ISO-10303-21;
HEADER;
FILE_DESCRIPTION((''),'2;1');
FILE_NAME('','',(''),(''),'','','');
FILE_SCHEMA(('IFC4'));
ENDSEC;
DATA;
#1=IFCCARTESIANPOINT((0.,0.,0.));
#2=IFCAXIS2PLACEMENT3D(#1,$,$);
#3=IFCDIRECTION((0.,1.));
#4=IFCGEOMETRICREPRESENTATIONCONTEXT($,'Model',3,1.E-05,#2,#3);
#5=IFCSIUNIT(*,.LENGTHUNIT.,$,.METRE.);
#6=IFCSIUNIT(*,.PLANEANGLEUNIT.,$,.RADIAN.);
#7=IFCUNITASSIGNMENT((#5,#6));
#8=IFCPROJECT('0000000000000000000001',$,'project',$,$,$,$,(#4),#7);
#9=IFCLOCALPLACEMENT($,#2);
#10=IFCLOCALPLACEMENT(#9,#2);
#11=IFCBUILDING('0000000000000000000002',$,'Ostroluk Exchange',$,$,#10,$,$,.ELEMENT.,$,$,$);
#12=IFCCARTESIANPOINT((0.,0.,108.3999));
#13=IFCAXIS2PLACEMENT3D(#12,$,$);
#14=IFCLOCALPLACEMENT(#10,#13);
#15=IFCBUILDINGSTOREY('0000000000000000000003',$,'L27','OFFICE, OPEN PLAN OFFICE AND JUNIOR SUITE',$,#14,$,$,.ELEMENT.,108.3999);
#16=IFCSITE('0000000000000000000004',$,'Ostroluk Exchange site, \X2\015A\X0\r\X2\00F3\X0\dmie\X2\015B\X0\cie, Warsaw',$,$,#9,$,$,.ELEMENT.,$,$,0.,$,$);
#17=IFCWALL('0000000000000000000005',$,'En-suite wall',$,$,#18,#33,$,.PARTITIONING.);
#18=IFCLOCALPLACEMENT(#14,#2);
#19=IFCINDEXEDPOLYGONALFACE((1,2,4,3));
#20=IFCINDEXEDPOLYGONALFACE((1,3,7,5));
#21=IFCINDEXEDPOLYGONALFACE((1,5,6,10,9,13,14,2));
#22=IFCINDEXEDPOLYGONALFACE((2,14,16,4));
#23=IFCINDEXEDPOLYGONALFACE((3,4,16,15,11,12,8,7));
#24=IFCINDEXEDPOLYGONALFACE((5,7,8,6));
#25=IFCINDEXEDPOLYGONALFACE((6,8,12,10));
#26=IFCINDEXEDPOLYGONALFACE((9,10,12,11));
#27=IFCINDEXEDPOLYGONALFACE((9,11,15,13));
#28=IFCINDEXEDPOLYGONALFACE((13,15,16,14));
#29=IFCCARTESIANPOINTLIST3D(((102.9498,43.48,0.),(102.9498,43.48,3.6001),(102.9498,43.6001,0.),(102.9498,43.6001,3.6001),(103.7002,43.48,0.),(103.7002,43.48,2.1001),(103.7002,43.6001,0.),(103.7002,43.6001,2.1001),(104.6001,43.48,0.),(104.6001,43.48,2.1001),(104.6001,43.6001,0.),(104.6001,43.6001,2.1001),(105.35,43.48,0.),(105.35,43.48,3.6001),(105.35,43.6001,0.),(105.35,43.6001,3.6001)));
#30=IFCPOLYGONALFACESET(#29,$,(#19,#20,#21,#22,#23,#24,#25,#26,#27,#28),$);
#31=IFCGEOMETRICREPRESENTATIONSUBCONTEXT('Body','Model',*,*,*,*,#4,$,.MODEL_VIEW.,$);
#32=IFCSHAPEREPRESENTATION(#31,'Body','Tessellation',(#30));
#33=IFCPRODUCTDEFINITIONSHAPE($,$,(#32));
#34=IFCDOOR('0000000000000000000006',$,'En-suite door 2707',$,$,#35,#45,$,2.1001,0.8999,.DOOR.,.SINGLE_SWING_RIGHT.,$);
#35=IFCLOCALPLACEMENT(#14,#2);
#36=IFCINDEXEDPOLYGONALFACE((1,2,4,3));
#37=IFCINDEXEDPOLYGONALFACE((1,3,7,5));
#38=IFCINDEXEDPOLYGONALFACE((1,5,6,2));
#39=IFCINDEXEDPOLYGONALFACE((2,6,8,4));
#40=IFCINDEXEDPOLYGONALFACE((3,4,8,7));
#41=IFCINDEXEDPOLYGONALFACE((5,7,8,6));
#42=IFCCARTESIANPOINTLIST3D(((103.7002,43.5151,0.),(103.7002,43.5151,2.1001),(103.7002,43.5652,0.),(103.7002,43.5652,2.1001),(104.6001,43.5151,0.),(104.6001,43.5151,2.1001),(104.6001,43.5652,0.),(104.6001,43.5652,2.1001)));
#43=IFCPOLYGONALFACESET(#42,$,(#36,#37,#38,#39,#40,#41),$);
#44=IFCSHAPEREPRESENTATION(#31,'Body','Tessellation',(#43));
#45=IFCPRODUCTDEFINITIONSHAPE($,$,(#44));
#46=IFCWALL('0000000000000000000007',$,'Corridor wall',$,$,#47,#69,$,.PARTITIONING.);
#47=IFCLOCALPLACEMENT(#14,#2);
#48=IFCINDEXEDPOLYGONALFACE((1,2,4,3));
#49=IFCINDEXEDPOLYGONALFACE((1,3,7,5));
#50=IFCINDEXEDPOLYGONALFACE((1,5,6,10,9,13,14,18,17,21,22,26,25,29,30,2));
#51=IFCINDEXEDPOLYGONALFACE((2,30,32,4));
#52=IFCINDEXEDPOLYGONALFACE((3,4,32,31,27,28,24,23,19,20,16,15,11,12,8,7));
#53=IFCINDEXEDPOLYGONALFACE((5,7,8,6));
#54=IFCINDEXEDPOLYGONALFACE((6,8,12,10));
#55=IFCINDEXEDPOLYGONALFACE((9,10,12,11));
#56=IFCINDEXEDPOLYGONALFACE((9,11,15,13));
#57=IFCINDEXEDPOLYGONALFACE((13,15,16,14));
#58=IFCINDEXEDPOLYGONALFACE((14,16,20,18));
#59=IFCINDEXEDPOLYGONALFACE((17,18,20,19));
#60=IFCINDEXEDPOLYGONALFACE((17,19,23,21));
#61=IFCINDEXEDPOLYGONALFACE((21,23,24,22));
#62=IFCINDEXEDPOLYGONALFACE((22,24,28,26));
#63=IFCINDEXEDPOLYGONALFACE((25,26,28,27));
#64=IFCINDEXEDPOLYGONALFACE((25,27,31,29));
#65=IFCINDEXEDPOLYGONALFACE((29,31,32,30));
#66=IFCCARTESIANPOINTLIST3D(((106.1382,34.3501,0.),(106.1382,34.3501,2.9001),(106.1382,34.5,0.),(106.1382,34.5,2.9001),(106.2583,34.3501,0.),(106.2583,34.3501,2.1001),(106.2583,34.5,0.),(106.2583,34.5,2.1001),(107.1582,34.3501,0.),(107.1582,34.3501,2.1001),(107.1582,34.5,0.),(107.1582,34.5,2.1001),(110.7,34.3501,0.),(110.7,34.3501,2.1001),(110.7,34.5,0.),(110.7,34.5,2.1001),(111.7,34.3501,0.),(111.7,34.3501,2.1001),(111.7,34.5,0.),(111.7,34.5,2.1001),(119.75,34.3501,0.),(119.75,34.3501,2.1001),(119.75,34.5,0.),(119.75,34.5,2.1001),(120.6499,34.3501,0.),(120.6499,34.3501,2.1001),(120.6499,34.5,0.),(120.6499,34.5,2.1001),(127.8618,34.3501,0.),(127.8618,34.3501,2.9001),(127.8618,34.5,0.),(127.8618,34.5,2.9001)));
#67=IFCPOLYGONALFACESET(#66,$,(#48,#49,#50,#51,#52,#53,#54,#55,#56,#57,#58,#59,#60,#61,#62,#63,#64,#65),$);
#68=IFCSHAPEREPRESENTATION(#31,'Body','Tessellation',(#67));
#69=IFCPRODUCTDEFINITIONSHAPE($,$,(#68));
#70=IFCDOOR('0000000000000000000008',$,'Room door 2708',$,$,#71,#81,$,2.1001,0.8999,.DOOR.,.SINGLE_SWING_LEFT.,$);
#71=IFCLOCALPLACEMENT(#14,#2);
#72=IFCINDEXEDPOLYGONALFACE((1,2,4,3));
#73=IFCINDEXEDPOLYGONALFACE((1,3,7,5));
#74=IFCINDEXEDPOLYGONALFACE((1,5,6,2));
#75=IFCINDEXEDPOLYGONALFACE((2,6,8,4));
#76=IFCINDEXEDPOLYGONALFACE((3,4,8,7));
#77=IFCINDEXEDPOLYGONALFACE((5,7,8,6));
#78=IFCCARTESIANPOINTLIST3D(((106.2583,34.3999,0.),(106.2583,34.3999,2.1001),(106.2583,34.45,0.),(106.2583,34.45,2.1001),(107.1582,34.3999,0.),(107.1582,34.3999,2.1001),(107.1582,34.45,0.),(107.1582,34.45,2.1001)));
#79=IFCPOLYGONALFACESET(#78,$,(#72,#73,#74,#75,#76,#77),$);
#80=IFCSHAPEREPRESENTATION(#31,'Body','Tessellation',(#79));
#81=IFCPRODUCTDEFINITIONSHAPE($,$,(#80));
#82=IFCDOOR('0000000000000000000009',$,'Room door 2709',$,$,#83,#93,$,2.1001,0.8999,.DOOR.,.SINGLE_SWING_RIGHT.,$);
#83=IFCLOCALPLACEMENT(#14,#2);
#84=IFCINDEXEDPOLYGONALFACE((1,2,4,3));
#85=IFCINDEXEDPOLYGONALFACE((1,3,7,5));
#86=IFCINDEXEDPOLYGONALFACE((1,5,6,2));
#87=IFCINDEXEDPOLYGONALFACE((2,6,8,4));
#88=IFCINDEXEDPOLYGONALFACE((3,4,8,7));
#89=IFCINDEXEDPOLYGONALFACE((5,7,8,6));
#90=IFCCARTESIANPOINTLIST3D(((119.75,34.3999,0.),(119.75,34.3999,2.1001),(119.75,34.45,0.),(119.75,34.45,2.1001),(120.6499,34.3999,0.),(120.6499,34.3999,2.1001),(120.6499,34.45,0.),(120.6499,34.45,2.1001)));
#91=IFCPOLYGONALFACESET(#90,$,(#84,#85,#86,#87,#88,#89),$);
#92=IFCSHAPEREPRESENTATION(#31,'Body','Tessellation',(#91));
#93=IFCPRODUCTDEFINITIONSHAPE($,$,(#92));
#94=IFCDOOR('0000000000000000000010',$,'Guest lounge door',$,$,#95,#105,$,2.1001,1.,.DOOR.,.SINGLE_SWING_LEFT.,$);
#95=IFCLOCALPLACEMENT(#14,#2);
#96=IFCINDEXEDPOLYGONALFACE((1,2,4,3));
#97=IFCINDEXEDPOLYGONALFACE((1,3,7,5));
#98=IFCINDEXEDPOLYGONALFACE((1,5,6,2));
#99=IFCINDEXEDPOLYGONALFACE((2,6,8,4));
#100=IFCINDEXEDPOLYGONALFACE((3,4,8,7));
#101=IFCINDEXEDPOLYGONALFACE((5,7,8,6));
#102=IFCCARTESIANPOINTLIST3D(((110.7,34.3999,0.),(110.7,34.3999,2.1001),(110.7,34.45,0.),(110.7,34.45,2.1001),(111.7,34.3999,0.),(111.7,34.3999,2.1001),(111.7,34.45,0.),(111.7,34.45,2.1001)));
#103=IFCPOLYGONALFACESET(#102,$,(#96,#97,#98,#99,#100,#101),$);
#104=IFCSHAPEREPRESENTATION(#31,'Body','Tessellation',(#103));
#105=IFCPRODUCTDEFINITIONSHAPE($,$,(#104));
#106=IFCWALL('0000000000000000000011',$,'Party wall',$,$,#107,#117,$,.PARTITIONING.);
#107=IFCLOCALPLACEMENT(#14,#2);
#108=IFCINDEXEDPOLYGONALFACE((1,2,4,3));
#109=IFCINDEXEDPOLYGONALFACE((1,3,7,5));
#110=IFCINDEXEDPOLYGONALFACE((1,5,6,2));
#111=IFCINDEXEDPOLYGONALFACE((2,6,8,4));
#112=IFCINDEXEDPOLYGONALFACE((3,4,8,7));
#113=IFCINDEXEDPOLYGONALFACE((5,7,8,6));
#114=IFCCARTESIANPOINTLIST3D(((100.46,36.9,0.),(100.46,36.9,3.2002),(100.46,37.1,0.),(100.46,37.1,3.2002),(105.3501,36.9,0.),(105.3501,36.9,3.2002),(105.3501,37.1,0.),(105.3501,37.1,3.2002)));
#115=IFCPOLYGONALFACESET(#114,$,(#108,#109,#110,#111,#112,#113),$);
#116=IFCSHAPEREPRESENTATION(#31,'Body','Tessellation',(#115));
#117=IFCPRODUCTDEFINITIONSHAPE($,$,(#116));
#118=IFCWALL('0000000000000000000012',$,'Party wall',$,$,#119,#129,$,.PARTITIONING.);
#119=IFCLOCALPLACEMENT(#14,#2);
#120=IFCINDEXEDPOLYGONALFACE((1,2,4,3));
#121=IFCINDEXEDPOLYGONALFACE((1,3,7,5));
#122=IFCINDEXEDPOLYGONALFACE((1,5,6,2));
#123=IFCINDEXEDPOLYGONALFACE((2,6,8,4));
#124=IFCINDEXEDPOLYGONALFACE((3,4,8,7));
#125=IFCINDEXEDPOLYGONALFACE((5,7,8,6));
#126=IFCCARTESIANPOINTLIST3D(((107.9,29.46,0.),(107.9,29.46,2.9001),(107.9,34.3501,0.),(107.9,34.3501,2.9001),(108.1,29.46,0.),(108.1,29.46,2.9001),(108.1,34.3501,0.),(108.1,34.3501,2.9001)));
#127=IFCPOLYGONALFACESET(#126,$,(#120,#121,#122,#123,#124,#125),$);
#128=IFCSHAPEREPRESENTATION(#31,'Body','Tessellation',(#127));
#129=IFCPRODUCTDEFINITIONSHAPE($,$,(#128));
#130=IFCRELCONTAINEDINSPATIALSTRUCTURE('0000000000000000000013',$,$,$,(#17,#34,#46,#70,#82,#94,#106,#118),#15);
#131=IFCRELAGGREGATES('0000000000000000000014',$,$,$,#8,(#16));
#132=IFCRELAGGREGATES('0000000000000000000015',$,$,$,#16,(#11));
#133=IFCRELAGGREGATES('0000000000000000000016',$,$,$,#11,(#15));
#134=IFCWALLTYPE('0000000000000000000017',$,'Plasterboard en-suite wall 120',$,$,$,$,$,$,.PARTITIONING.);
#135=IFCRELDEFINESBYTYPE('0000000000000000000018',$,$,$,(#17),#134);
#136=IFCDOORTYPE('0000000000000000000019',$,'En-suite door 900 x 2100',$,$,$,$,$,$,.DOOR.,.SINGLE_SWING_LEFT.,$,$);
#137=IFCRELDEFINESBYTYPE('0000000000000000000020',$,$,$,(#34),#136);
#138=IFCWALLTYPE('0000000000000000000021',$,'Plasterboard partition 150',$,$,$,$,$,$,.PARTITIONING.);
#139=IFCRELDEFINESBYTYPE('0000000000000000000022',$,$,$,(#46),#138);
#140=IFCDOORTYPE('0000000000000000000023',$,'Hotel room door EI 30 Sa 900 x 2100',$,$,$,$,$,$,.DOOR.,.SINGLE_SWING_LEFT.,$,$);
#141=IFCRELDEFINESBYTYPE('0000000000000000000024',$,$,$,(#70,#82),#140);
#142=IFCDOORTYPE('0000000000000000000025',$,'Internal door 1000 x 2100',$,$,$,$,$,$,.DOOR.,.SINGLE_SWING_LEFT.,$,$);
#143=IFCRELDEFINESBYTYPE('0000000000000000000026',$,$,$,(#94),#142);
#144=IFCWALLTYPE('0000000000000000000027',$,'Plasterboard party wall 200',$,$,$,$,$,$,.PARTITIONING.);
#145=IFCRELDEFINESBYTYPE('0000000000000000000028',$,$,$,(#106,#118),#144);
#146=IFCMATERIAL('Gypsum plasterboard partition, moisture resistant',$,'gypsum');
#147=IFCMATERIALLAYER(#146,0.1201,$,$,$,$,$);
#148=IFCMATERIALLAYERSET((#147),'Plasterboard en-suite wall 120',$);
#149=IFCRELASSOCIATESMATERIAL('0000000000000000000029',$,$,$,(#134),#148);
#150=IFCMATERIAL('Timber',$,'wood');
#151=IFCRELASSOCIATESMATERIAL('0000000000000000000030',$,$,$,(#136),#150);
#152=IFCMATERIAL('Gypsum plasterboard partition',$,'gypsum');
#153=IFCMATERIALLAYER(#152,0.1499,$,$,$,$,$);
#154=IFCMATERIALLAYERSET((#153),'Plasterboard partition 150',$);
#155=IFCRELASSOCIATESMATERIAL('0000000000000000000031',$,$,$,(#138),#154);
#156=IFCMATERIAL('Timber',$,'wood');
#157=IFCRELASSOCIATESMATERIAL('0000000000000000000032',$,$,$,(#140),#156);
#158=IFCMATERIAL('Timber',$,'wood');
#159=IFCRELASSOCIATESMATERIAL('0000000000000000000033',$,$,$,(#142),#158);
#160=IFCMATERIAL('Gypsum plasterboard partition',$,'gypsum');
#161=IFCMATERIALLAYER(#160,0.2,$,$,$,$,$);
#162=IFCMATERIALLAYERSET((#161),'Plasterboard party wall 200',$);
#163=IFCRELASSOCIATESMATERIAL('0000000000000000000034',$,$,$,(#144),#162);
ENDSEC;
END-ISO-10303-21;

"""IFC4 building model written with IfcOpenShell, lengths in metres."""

from ifc_helpers import new_model, si_unit, direction, frame, frame_2d, origin, place, context, subcontext, project, spatial, rectangle, extrude, material, layer, layer_set, type_object, element, fill, save


model = new_model("IFC4")

# Units and contexts
model_context = context("Model", 3, precision=1e-05, world=origin(), true_north=direction((0.0, 1.0)))
body_context = subcontext(model_context, "Body", "Model", "MODEL_VIEW")
ifc_project = project(units=[si_unit("LENGTHUNIT", "METRE"), si_unit("PLANEANGLEUNIT", "RADIAN")], contexts=[model_context])

# Site, building, storey
site_placement = place(None, origin())
site = spatial("IfcSite", under=ifc_project, at=site_placement, Name="Ostroluk Exchange site, Śródmieście, Warsaw", CompositionType="ELEMENT", RefElevation=0.0)
building_placement = place(site_placement, origin())
building = spatial("IfcBuilding", under=site, at=building_placement, Name="Ostroluk Exchange", CompositionType="ELEMENT")
storey_placement = place(building_placement, frame((0.0, 0.0, 108.3999)))
storey = spatial("IfcBuildingStorey", under=building, at=storey_placement, Name="L27", Description="OFFICE, OPEN PLAN OFFICE AND JUNIOR SUITE", CompositionType="ELEMENT", Elevation=108.3999)

# Shared definitions
ifc_material_1 = material(Name="Gypsum plasterboard partition, moisture resistant", Category="gypsum")
ifc_layer_1 = layer(ifc_material_1, 0.1201)
ifc_layer_set_1 = layer_set([ifc_layer_1], Name="Plasterboard en-suite wall 120")
wall_type_1 = type_object("IfcWallType", Name="Plasterboard en-suite wall 120", PredefinedType="PARTITIONING", material=ifc_layer_set_1)

# Wall, opening, door
wall_1_placement = place(storey_placement, frame((105.3501, 43.54, 0.0), z_axis=(0.0, 0.0, 1.0), x_axis=(-1.0, 0.0, 0.0)))
wall_1 = element("IfcWall", 1, at=wall_1_placement, inside=storey, type_object=wall_type_1, Name="En-suite wall", PredefinedType="PARTITIONING", context=body_context, shape_type="SweptSolid", body=[
    extrude(rectangle(XDim=2.4001, YDim=0.1201, at=frame_2d((1.2002, 0.0))), origin(), (0.0, 0.0, 1.0), 3.6001),
])
opening_1_placement = place(wall_1_placement, frame((0.75, 0.0, 0.0)))
opening_1 = element("IfcOpeningElement", 2, at=opening_1_placement, cuts=wall_1, PredefinedType="OPENING", context=body_context, shape_type="SweptSolid", body=[
    extrude(rectangle(XDim=0.8999, YDim=2.1001, at=frame_2d((0.45, 1.05))), frame((0.0, 0.0701, 0.0), z_axis=(0.0, -1.0, 0.0), x_axis=(1.0, 0.0, 0.0)), (0.0, 0.0, 1.0), 0.1401),
])
ifc_material_2 = material(Name="Timber", Category="wood")
door_type_1 = type_object("IfcDoorType", Name="En-suite door 900 x 2100", OperationType="SINGLE_SWING_LEFT", PredefinedType="DOOR", material=ifc_material_2)
door_1_placement = place(opening_1_placement, origin())
door_1 = element("IfcDoor", 3, at=door_1_placement, inside=storey, type_object=door_type_1, Name="En-suite door 2707", OperationType="SINGLE_SWING_RIGHT", OverallHeight=2.1001, OverallWidth=0.8999, PredefinedType="DOOR", context=body_context, shape_type="SweptSolid", body=[
    extrude(rectangle(XDim=0.8999, YDim=2.1001, at=frame_2d((0.45, 1.05))), frame((0.0, 0.0249, 0.0), z_axis=(0.0, -1.0, 0.0), x_axis=(1.0, 0.0, 0.0)), (0.0, 0.0, 1.0), 0.05),
])
fill(opening_1, door_1)

# Wall, openings, doors
ifc_material_3 = material(Name="Gypsum plasterboard partition", Category="gypsum")
ifc_layer_2 = layer(ifc_material_3, 0.1499)
ifc_layer_set_2 = layer_set([ifc_layer_2], Name="Plasterboard partition 150")
wall_type_2 = type_object("IfcWallType", Name="Plasterboard partition 150", PredefinedType="PARTITIONING", material=ifc_layer_set_2)
wall_2_placement = place(storey_placement, frame((106.1382, 34.425, 0.0), z_axis=(0.0, 0.0, 1.0), x_axis=(1.0, 0.0, 0.0)))
wall_2 = element("IfcWall", 4, at=wall_2_placement, inside=storey, type_object=wall_type_2, Name="Corridor wall", PredefinedType="PARTITIONING", context=body_context, shape_type="SweptSolid", body=[
    extrude(rectangle(XDim=21.7236, YDim=0.1499, at=frame_2d((10.8618, 0.0))), origin(), (0.0, 0.0, 1.0), 2.9001),
])
opening_2_placement = place(wall_2_placement, frame((0.1201, 0.0, 0.0)))
opening_2 = element("IfcOpeningElement", 5, at=opening_2_placement, cuts=wall_2, PredefinedType="OPENING", context=body_context, shape_type="SweptSolid", body=[
    extrude(rectangle(XDim=0.8999, YDim=2.1001, at=frame_2d((0.45, 1.05))), frame((0.0, 0.085, 0.0), z_axis=(0.0, -1.0, 0.0), x_axis=(1.0, 0.0, 0.0)), (0.0, 0.0, 1.0), 0.1699),
])
opening_3_placement = place(wall_2_placement, frame((4.5618, 0.0, 0.0)))
opening_3 = element("IfcOpeningElement", 6, at=opening_3_placement, cuts=wall_2, PredefinedType="OPENING", context=body_context, shape_type="SweptSolid", body=[
    extrude(rectangle(XDim=1.0, YDim=2.1001, at=frame_2d((0.5, 1.05))), frame((0.0, 0.085, 0.0), z_axis=(0.0, -1.0, 0.0), x_axis=(1.0, 0.0, 0.0)), (0.0, 0.0, 1.0), 0.1699),
])
opening_4_placement = place(wall_2_placement, frame((13.6118, 0.0, 0.0)))
opening_4 = element("IfcOpeningElement", 7, at=opening_4_placement, cuts=wall_2, PredefinedType="OPENING", context=body_context, shape_type="SweptSolid", body=[
    extrude(rectangle(XDim=0.8999, YDim=2.1001, at=frame_2d((0.45, 1.05))), frame((0.0, 0.085, 0.0), z_axis=(0.0, -1.0, 0.0), x_axis=(1.0, 0.0, 0.0)), (0.0, 0.0, 1.0), 0.1699),
])
ifc_material_4 = material(Name="Timber", Category="wood")
door_type_2 = type_object("IfcDoorType", Name="Hotel room door EI 30 Sa 900 x 2100", OperationType="SINGLE_SWING_LEFT", PredefinedType="DOOR", material=ifc_material_4)
door_2_placement = place(opening_2_placement, origin())
door_2 = element("IfcDoor", 8, at=door_2_placement, inside=storey, type_object=door_type_2, Name="Room door 2708", OperationType="SINGLE_SWING_LEFT", OverallHeight=2.1001, OverallWidth=0.8999, PredefinedType="DOOR", context=body_context, shape_type="SweptSolid", body=[
    extrude(rectangle(XDim=0.8999, YDim=2.1001, at=frame_2d((0.45, 1.05))), frame((0.0, 0.0249, 0.0), z_axis=(0.0, -1.0, 0.0), x_axis=(1.0, 0.0, 0.0)), (0.0, 0.0, 1.0), 0.05),
])
fill(opening_2, door_2)
door_3_placement = place(opening_4_placement, origin())
door_3 = element("IfcDoor", 9, at=door_3_placement, inside=storey, type_object=door_type_2, Name="Room door 2709", OperationType="SINGLE_SWING_RIGHT", OverallHeight=2.1001, OverallWidth=0.8999, PredefinedType="DOOR", context=body_context, shape_type="SweptSolid", body=[
    extrude(rectangle(XDim=0.8999, YDim=2.1001, at=frame_2d((0.45, 1.05))), frame((0.0, 0.0249, 0.0), z_axis=(0.0, -1.0, 0.0), x_axis=(1.0, 0.0, 0.0)), (0.0, 0.0, 1.0), 0.05),
])
fill(opening_4, door_3)
ifc_material_5 = material(Name="Timber", Category="wood")
door_type_3 = type_object("IfcDoorType", Name="Internal door 1000 x 2100", OperationType="SINGLE_SWING_LEFT", PredefinedType="DOOR", material=ifc_material_5)
door_4_placement = place(opening_3_placement, origin())
door_4 = element("IfcDoor", 10, at=door_4_placement, inside=storey, type_object=door_type_3, Name="Guest lounge door", OperationType="SINGLE_SWING_LEFT", OverallHeight=2.1001, OverallWidth=1.0, PredefinedType="DOOR", context=body_context, shape_type="SweptSolid", body=[
    extrude(rectangle(XDim=1.0, YDim=2.1001, at=frame_2d((0.5, 1.05))), frame((0.0, 0.0249, 0.0), z_axis=(0.0, -1.0, 0.0), x_axis=(1.0, 0.0, 0.0)), (0.0, 0.0, 1.0), 0.05),
])
fill(opening_3, door_4)

# Walls
ifc_material_6 = material(Name="Gypsum plasterboard partition", Category="gypsum")
ifc_layer_3 = layer(ifc_material_6, 0.2)
ifc_layer_set_3 = layer_set([ifc_layer_3], Name="Plasterboard party wall 200")
wall_type_3 = type_object("IfcWallType", Name="Plasterboard party wall 200", PredefinedType="PARTITIONING", material=ifc_layer_set_3)
wall_3_placement = place(storey_placement, frame((105.3501, 37.0, 0.0), z_axis=(0.0, 0.0, 1.0), x_axis=(-1.0, 0.0, 0.0)))
element("IfcWall", 11, at=wall_3_placement, inside=storey, type_object=wall_type_3, Name="Party wall", PredefinedType="PARTITIONING", context=body_context, shape_type="SweptSolid", body=[
    extrude(rectangle(XDim=4.8901, YDim=0.2, at=frame_2d((2.4451, 0.0))), origin(), (0.0, 0.0, 1.0), 3.2002),
])
wall_4_placement = place(storey_placement, frame((108.0, 34.3501, 0.0), z_axis=(0.0, 0.0, 1.0), x_axis=(0.0, -1.0, 0.0)))
element("IfcWall", 12, at=wall_4_placement, inside=storey, type_object=wall_type_3, Name="Party wall", PredefinedType="PARTITIONING", context=body_context, shape_type="SweptSolid", body=[
    extrude(rectangle(XDim=4.8901, YDim=0.2, at=frame_2d((2.4451, 0.0))), origin(), (0.0, 0.0, 1.0), 2.9001),
])

save(model, "model.ifc")
